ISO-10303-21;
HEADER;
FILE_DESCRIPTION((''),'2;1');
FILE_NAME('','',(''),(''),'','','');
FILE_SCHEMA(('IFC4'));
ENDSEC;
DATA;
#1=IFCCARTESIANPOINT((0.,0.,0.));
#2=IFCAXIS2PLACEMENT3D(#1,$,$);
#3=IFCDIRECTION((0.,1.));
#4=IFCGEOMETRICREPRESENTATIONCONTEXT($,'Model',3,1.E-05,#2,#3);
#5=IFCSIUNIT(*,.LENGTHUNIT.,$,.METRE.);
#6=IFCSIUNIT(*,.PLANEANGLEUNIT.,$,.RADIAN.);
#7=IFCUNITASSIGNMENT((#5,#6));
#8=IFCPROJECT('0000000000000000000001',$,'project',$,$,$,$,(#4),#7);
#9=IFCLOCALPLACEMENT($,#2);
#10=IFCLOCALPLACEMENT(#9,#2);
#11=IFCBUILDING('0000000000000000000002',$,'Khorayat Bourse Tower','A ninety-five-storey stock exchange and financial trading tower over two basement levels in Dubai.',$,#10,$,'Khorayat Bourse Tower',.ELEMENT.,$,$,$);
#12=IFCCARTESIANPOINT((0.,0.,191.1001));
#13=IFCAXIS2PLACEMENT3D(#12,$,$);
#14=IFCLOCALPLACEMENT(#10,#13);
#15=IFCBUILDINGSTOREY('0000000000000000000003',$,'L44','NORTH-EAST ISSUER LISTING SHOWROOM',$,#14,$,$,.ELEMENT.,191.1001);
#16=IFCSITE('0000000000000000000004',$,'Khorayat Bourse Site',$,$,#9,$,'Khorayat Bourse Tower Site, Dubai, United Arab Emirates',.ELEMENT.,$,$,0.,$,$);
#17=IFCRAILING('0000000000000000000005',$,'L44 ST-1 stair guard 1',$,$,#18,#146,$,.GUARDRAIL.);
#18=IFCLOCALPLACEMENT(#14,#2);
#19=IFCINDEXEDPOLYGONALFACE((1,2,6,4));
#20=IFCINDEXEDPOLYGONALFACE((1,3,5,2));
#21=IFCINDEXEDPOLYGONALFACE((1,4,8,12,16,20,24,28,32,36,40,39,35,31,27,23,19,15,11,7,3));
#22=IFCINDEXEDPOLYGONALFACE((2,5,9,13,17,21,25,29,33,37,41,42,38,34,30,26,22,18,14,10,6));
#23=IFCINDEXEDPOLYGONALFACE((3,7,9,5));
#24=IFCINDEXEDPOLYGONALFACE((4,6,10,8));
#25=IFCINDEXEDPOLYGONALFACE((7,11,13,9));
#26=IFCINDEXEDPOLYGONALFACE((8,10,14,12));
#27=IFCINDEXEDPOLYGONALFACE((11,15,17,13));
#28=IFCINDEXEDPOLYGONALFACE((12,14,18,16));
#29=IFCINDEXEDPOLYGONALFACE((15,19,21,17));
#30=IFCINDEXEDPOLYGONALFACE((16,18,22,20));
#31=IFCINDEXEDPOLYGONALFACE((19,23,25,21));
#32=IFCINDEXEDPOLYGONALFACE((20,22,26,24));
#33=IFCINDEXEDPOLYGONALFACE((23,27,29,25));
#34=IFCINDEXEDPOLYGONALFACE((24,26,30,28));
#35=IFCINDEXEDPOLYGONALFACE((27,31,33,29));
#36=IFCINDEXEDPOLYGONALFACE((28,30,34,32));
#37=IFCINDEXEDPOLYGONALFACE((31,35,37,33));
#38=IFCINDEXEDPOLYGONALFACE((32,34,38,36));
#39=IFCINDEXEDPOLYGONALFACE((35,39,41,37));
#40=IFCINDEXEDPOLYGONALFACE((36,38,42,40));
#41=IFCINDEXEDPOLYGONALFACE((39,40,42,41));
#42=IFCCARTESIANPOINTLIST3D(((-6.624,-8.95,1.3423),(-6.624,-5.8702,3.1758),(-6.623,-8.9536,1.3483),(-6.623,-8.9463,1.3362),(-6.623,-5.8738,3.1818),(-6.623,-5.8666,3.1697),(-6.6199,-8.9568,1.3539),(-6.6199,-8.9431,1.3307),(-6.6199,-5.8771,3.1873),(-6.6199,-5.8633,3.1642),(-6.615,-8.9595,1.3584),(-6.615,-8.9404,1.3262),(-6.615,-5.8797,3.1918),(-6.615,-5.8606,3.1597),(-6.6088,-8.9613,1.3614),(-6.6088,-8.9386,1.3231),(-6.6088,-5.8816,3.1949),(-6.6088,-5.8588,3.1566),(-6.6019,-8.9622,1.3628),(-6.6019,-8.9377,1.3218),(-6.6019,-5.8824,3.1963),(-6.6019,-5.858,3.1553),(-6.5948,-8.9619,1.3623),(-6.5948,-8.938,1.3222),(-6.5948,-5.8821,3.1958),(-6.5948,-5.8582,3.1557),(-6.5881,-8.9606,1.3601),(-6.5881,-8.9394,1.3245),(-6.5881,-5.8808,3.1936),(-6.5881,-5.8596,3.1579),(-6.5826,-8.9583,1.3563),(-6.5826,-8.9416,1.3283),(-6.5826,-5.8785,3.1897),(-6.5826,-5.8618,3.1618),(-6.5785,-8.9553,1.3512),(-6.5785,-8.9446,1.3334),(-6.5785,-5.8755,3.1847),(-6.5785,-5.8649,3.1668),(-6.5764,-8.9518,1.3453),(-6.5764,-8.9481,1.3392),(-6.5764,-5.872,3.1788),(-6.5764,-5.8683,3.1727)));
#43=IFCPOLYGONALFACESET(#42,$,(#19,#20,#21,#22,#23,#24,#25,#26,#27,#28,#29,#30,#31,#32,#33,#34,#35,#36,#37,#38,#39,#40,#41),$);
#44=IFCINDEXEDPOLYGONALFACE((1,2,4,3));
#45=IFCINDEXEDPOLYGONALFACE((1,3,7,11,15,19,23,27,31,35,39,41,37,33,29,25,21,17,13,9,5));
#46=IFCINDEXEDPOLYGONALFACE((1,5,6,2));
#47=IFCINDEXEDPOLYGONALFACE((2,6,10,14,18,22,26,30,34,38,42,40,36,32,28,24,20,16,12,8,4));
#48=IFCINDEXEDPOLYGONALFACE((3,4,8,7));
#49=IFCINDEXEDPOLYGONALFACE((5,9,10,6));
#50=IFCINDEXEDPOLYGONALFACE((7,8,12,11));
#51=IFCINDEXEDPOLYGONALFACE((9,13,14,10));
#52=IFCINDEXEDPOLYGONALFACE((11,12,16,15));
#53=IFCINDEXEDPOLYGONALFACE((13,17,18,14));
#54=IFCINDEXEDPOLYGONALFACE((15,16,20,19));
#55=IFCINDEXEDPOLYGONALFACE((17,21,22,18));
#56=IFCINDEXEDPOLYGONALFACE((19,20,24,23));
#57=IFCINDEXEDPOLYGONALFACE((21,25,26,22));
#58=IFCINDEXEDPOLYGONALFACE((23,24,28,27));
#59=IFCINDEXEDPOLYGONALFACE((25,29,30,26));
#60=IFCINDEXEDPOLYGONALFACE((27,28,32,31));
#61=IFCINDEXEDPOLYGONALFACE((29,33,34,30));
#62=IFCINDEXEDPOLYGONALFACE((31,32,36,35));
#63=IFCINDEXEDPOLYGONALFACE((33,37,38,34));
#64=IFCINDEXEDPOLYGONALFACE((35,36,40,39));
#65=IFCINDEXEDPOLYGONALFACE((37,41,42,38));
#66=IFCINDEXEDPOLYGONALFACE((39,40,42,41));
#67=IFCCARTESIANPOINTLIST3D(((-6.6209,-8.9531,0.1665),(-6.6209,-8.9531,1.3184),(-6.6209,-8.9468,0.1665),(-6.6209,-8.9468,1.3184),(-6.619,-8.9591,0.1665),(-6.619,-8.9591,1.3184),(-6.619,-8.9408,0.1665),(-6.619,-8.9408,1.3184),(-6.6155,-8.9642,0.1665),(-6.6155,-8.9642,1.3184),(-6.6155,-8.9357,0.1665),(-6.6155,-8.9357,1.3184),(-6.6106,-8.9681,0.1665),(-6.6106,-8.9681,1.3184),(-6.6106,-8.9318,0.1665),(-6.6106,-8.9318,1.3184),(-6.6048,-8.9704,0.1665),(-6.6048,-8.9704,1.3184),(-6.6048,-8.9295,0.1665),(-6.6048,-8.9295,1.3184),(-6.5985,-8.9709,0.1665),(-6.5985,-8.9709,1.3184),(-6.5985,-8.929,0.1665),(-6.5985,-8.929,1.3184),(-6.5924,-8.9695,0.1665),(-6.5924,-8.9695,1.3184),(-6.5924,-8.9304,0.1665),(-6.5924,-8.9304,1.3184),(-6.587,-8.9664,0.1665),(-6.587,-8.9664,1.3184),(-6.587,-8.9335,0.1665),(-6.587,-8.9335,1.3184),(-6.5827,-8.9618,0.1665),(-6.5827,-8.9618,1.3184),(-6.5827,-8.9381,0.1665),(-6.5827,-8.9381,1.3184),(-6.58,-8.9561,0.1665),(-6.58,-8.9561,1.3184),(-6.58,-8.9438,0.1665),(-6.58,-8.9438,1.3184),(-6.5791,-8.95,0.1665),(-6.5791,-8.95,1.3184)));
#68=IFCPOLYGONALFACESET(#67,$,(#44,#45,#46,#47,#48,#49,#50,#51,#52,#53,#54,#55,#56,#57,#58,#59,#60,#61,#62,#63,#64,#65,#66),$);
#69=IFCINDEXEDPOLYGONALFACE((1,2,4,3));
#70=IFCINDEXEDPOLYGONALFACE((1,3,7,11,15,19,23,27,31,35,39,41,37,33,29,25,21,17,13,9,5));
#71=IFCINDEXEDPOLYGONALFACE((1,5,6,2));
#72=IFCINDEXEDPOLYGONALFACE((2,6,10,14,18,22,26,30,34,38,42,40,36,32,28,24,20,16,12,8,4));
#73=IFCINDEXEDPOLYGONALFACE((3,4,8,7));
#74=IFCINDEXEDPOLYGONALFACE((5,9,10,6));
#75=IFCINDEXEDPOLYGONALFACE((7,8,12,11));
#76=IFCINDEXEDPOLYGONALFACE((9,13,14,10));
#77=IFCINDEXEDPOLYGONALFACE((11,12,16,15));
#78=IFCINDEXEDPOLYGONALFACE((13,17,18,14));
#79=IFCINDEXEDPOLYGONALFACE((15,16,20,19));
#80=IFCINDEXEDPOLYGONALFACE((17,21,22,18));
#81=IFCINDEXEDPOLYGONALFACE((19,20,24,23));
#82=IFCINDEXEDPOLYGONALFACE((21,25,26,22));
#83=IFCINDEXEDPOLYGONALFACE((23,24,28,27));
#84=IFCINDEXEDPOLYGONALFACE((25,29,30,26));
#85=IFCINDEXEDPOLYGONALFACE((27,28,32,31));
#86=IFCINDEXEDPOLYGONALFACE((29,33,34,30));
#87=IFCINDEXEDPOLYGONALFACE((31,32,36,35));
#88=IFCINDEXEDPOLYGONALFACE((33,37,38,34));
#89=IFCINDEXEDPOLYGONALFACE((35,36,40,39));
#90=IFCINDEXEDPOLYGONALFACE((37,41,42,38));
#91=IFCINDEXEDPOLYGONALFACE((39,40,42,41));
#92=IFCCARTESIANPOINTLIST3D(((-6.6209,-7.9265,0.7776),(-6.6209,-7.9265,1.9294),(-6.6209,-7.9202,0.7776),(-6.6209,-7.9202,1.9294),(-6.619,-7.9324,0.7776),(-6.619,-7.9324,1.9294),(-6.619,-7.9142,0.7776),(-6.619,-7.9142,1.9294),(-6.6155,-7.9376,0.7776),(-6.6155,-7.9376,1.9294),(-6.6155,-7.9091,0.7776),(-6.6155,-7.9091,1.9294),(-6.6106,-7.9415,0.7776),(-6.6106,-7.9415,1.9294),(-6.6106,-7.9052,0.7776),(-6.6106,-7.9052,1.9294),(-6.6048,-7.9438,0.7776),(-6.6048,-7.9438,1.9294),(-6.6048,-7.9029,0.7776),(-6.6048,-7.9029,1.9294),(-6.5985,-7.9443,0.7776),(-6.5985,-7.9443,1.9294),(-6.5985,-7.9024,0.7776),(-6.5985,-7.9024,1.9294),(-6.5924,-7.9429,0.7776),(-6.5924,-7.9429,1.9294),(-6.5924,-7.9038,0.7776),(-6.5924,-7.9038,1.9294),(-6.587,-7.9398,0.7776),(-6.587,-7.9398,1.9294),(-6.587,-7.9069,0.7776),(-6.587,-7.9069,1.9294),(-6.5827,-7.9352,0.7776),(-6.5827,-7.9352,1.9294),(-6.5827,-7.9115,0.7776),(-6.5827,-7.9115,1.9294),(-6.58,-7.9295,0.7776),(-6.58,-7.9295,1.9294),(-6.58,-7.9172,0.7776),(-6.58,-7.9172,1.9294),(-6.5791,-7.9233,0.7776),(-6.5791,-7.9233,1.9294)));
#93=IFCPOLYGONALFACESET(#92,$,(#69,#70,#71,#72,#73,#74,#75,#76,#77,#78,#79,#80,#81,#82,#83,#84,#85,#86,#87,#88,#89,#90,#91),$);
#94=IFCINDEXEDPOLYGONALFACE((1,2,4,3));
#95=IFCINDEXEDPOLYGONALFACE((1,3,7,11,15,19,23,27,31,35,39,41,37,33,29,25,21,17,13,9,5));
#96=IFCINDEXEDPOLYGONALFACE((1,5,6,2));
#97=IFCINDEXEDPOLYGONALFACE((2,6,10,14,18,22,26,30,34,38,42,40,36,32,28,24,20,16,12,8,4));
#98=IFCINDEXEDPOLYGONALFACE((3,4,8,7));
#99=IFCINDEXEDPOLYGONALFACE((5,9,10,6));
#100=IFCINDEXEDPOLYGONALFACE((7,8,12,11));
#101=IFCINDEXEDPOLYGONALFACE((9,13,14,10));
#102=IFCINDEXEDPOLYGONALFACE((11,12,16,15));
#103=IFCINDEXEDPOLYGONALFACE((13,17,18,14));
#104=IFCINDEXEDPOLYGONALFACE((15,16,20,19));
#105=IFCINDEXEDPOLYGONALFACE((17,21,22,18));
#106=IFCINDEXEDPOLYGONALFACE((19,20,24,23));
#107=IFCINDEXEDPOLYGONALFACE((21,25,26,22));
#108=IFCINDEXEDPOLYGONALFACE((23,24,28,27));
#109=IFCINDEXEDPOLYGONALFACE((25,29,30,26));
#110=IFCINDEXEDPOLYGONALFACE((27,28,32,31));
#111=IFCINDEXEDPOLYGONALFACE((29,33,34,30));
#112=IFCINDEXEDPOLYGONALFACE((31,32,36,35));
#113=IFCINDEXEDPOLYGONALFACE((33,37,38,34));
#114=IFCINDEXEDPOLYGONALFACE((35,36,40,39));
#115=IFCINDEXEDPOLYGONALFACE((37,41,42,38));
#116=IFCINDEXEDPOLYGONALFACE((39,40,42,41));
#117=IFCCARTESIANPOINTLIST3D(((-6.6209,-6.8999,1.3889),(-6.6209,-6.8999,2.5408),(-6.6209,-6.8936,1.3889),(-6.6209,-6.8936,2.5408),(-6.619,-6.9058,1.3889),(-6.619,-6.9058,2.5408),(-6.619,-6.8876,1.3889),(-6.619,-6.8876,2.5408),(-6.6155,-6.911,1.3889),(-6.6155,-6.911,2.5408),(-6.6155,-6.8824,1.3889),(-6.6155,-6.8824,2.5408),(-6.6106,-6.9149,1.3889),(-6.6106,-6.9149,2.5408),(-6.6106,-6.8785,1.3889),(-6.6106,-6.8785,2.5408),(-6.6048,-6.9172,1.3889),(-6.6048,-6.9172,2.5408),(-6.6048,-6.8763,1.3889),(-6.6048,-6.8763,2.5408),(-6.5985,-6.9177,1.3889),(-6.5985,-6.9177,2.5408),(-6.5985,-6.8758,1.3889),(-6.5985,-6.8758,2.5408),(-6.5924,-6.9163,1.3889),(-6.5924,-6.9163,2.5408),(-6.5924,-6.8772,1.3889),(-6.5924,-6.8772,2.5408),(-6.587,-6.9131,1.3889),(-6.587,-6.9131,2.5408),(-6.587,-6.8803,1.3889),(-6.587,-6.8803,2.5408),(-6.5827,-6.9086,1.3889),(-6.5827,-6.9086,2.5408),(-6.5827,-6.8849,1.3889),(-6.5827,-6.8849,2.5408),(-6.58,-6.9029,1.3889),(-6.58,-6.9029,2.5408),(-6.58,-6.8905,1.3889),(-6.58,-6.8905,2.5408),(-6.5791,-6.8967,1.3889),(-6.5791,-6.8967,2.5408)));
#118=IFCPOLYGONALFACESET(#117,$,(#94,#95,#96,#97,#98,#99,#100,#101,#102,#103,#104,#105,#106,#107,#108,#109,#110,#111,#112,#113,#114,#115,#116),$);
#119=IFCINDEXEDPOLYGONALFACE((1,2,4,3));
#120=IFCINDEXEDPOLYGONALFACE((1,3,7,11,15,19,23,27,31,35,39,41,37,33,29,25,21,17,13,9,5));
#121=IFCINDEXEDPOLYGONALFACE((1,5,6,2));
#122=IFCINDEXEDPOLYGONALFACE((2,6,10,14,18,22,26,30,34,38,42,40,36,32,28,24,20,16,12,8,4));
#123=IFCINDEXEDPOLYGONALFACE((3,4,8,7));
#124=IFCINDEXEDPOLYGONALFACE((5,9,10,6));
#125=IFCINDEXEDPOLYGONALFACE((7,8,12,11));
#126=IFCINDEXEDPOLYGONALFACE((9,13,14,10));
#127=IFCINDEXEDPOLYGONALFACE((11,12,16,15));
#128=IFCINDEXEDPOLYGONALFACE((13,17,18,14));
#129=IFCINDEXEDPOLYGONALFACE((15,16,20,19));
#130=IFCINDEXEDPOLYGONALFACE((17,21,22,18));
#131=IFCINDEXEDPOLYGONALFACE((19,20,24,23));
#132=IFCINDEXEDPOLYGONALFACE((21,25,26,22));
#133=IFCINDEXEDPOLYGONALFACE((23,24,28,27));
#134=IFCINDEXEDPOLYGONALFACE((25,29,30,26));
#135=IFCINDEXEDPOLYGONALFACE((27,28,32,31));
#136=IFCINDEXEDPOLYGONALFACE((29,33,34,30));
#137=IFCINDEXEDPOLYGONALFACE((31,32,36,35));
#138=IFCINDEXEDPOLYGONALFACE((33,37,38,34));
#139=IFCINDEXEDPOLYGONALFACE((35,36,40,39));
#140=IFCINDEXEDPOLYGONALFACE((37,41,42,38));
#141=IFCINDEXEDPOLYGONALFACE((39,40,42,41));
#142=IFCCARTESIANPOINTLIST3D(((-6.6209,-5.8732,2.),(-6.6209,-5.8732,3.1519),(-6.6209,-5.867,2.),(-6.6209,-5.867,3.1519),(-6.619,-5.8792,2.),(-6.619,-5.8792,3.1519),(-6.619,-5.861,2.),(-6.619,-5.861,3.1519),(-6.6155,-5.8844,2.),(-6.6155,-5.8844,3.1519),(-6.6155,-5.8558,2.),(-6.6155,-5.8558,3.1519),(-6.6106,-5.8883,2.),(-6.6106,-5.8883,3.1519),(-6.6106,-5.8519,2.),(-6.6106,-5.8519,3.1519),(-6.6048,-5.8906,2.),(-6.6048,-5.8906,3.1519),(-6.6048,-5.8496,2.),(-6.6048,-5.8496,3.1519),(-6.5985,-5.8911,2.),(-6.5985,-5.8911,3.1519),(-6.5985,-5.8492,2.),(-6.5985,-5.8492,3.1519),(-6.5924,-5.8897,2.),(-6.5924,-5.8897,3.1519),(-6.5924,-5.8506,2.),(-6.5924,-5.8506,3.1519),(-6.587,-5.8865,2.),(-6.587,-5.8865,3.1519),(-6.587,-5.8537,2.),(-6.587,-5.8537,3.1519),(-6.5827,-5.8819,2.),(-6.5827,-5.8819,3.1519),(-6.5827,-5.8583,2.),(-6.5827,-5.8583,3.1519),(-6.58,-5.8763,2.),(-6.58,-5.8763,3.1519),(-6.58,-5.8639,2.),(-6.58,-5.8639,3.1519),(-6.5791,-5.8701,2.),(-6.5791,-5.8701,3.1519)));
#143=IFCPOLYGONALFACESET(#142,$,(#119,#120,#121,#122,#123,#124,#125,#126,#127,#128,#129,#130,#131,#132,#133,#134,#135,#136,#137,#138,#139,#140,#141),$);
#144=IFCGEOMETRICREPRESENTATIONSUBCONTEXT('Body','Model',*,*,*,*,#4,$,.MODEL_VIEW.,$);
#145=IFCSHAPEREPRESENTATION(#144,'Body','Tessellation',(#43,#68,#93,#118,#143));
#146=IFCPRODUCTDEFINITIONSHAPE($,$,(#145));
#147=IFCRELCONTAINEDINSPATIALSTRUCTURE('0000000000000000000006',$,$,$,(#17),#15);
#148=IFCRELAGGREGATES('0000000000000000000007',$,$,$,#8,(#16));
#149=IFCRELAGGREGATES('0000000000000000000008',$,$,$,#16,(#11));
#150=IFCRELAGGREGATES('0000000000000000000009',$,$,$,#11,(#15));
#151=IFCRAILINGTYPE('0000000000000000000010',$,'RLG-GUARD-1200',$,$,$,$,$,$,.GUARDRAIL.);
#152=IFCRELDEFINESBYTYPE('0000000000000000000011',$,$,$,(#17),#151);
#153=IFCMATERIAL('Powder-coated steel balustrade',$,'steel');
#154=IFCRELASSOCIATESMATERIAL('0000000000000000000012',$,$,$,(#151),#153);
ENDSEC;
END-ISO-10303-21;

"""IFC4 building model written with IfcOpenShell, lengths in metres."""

from ifc_helpers import new_model, si_unit, direction, frame, origin, origin_2d, place, context, subcontext, project, spatial, circle, extrude, source, transform, mapped, material, type_object, element, save


model = new_model("IFC4")

# Units and contexts
model_context = context("Model", 3, precision=1e-05, world=origin(), true_north=direction((0.0, 1.0)))
body_context = subcontext(model_context, "Body", "Model", "MODEL_VIEW")
ifc_project = project(units=[si_unit("LENGTHUNIT", "METRE"), si_unit("PLANEANGLEUNIT", "RADIAN")], contexts=[model_context])

# Site, building, storey
site_placement = place(None, origin())
site = spatial("IfcSite", under=ifc_project, at=site_placement, Name="Khorayat Bourse Site", LongName="Khorayat Bourse Tower Site, Dubai, United Arab Emirates", CompositionType="ELEMENT", RefElevation=0.0)
building_placement = place(site_placement, origin())
building = spatial("IfcBuilding", under=site, at=building_placement, Name="Khorayat Bourse Tower", Description="A ninety-five-storey stock exchange and financial trading tower over two basement levels in Dubai.", LongName="Khorayat Bourse Tower", CompositionType="ELEMENT")
storey_placement = place(building_placement, frame((0.0, 0.0, 191.1001)))
storey = spatial("IfcBuildingStorey", under=building, at=storey_placement, Name="L44", Description="NORTH-EAST ISSUER LISTING SHOWROOM", CompositionType="ELEMENT", Elevation=191.1001)

# Railing
ifc_material_1 = material(Name="Powder-coated steel balustrade", Category="steel")
railing_type_1 = type_object("IfcRailingType", Name="RLG-GUARD-1200", PredefinedType="GUARDRAIL", material=ifc_material_1)
shared_shape_1 = source(origin(), body_context, "Body", "SweptSolid", [
    extrude(circle(Radius=0.0239, at=origin_2d()), frame((0.0, 0.0, 1.1758), z_axis=(0.0, 0.859261, 0.511538), x_axis=(-1.0, 0.0, 0.0)), (0.0, 0.0, 1.0), 3.5842),
    extrude(circle(Radius=0.021, at=origin_2d()), origin(), (0.0, 0.0, 1.0), 1.1519),
    extrude(circle(Radius=0.021, at=origin_2d()), frame((0.0, 1.0266, 0.6111)), (0.0, 0.0, 1.0), 1.1519),
    extrude(circle(Radius=0.021, at=origin_2d()), frame((0.0, 2.0532, 1.2224)), (0.0, 0.0, 1.0), 1.1519),
    extrude(circle(Radius=0.021, at=origin_2d()), frame((0.0, 3.0798, 1.8335)), (0.0, 0.0, 1.0), 1.1519),
])
railing_1_placement = place(storey_placement, frame((-6.6001, -8.95, 0.1665)))
element("IfcRailing", 1, at=railing_1_placement, inside=storey, type_object=railing_type_1, Name="L44 ST-1 stair guard 1", PredefinedType="GUARDRAIL", context=body_context, shape_type="MappedRepresentation", body=[
    mapped(shared_shape_1, transform((0.0, 0.0, 0.0), scale=1.0)),
])

save(model, "model.ifc")
